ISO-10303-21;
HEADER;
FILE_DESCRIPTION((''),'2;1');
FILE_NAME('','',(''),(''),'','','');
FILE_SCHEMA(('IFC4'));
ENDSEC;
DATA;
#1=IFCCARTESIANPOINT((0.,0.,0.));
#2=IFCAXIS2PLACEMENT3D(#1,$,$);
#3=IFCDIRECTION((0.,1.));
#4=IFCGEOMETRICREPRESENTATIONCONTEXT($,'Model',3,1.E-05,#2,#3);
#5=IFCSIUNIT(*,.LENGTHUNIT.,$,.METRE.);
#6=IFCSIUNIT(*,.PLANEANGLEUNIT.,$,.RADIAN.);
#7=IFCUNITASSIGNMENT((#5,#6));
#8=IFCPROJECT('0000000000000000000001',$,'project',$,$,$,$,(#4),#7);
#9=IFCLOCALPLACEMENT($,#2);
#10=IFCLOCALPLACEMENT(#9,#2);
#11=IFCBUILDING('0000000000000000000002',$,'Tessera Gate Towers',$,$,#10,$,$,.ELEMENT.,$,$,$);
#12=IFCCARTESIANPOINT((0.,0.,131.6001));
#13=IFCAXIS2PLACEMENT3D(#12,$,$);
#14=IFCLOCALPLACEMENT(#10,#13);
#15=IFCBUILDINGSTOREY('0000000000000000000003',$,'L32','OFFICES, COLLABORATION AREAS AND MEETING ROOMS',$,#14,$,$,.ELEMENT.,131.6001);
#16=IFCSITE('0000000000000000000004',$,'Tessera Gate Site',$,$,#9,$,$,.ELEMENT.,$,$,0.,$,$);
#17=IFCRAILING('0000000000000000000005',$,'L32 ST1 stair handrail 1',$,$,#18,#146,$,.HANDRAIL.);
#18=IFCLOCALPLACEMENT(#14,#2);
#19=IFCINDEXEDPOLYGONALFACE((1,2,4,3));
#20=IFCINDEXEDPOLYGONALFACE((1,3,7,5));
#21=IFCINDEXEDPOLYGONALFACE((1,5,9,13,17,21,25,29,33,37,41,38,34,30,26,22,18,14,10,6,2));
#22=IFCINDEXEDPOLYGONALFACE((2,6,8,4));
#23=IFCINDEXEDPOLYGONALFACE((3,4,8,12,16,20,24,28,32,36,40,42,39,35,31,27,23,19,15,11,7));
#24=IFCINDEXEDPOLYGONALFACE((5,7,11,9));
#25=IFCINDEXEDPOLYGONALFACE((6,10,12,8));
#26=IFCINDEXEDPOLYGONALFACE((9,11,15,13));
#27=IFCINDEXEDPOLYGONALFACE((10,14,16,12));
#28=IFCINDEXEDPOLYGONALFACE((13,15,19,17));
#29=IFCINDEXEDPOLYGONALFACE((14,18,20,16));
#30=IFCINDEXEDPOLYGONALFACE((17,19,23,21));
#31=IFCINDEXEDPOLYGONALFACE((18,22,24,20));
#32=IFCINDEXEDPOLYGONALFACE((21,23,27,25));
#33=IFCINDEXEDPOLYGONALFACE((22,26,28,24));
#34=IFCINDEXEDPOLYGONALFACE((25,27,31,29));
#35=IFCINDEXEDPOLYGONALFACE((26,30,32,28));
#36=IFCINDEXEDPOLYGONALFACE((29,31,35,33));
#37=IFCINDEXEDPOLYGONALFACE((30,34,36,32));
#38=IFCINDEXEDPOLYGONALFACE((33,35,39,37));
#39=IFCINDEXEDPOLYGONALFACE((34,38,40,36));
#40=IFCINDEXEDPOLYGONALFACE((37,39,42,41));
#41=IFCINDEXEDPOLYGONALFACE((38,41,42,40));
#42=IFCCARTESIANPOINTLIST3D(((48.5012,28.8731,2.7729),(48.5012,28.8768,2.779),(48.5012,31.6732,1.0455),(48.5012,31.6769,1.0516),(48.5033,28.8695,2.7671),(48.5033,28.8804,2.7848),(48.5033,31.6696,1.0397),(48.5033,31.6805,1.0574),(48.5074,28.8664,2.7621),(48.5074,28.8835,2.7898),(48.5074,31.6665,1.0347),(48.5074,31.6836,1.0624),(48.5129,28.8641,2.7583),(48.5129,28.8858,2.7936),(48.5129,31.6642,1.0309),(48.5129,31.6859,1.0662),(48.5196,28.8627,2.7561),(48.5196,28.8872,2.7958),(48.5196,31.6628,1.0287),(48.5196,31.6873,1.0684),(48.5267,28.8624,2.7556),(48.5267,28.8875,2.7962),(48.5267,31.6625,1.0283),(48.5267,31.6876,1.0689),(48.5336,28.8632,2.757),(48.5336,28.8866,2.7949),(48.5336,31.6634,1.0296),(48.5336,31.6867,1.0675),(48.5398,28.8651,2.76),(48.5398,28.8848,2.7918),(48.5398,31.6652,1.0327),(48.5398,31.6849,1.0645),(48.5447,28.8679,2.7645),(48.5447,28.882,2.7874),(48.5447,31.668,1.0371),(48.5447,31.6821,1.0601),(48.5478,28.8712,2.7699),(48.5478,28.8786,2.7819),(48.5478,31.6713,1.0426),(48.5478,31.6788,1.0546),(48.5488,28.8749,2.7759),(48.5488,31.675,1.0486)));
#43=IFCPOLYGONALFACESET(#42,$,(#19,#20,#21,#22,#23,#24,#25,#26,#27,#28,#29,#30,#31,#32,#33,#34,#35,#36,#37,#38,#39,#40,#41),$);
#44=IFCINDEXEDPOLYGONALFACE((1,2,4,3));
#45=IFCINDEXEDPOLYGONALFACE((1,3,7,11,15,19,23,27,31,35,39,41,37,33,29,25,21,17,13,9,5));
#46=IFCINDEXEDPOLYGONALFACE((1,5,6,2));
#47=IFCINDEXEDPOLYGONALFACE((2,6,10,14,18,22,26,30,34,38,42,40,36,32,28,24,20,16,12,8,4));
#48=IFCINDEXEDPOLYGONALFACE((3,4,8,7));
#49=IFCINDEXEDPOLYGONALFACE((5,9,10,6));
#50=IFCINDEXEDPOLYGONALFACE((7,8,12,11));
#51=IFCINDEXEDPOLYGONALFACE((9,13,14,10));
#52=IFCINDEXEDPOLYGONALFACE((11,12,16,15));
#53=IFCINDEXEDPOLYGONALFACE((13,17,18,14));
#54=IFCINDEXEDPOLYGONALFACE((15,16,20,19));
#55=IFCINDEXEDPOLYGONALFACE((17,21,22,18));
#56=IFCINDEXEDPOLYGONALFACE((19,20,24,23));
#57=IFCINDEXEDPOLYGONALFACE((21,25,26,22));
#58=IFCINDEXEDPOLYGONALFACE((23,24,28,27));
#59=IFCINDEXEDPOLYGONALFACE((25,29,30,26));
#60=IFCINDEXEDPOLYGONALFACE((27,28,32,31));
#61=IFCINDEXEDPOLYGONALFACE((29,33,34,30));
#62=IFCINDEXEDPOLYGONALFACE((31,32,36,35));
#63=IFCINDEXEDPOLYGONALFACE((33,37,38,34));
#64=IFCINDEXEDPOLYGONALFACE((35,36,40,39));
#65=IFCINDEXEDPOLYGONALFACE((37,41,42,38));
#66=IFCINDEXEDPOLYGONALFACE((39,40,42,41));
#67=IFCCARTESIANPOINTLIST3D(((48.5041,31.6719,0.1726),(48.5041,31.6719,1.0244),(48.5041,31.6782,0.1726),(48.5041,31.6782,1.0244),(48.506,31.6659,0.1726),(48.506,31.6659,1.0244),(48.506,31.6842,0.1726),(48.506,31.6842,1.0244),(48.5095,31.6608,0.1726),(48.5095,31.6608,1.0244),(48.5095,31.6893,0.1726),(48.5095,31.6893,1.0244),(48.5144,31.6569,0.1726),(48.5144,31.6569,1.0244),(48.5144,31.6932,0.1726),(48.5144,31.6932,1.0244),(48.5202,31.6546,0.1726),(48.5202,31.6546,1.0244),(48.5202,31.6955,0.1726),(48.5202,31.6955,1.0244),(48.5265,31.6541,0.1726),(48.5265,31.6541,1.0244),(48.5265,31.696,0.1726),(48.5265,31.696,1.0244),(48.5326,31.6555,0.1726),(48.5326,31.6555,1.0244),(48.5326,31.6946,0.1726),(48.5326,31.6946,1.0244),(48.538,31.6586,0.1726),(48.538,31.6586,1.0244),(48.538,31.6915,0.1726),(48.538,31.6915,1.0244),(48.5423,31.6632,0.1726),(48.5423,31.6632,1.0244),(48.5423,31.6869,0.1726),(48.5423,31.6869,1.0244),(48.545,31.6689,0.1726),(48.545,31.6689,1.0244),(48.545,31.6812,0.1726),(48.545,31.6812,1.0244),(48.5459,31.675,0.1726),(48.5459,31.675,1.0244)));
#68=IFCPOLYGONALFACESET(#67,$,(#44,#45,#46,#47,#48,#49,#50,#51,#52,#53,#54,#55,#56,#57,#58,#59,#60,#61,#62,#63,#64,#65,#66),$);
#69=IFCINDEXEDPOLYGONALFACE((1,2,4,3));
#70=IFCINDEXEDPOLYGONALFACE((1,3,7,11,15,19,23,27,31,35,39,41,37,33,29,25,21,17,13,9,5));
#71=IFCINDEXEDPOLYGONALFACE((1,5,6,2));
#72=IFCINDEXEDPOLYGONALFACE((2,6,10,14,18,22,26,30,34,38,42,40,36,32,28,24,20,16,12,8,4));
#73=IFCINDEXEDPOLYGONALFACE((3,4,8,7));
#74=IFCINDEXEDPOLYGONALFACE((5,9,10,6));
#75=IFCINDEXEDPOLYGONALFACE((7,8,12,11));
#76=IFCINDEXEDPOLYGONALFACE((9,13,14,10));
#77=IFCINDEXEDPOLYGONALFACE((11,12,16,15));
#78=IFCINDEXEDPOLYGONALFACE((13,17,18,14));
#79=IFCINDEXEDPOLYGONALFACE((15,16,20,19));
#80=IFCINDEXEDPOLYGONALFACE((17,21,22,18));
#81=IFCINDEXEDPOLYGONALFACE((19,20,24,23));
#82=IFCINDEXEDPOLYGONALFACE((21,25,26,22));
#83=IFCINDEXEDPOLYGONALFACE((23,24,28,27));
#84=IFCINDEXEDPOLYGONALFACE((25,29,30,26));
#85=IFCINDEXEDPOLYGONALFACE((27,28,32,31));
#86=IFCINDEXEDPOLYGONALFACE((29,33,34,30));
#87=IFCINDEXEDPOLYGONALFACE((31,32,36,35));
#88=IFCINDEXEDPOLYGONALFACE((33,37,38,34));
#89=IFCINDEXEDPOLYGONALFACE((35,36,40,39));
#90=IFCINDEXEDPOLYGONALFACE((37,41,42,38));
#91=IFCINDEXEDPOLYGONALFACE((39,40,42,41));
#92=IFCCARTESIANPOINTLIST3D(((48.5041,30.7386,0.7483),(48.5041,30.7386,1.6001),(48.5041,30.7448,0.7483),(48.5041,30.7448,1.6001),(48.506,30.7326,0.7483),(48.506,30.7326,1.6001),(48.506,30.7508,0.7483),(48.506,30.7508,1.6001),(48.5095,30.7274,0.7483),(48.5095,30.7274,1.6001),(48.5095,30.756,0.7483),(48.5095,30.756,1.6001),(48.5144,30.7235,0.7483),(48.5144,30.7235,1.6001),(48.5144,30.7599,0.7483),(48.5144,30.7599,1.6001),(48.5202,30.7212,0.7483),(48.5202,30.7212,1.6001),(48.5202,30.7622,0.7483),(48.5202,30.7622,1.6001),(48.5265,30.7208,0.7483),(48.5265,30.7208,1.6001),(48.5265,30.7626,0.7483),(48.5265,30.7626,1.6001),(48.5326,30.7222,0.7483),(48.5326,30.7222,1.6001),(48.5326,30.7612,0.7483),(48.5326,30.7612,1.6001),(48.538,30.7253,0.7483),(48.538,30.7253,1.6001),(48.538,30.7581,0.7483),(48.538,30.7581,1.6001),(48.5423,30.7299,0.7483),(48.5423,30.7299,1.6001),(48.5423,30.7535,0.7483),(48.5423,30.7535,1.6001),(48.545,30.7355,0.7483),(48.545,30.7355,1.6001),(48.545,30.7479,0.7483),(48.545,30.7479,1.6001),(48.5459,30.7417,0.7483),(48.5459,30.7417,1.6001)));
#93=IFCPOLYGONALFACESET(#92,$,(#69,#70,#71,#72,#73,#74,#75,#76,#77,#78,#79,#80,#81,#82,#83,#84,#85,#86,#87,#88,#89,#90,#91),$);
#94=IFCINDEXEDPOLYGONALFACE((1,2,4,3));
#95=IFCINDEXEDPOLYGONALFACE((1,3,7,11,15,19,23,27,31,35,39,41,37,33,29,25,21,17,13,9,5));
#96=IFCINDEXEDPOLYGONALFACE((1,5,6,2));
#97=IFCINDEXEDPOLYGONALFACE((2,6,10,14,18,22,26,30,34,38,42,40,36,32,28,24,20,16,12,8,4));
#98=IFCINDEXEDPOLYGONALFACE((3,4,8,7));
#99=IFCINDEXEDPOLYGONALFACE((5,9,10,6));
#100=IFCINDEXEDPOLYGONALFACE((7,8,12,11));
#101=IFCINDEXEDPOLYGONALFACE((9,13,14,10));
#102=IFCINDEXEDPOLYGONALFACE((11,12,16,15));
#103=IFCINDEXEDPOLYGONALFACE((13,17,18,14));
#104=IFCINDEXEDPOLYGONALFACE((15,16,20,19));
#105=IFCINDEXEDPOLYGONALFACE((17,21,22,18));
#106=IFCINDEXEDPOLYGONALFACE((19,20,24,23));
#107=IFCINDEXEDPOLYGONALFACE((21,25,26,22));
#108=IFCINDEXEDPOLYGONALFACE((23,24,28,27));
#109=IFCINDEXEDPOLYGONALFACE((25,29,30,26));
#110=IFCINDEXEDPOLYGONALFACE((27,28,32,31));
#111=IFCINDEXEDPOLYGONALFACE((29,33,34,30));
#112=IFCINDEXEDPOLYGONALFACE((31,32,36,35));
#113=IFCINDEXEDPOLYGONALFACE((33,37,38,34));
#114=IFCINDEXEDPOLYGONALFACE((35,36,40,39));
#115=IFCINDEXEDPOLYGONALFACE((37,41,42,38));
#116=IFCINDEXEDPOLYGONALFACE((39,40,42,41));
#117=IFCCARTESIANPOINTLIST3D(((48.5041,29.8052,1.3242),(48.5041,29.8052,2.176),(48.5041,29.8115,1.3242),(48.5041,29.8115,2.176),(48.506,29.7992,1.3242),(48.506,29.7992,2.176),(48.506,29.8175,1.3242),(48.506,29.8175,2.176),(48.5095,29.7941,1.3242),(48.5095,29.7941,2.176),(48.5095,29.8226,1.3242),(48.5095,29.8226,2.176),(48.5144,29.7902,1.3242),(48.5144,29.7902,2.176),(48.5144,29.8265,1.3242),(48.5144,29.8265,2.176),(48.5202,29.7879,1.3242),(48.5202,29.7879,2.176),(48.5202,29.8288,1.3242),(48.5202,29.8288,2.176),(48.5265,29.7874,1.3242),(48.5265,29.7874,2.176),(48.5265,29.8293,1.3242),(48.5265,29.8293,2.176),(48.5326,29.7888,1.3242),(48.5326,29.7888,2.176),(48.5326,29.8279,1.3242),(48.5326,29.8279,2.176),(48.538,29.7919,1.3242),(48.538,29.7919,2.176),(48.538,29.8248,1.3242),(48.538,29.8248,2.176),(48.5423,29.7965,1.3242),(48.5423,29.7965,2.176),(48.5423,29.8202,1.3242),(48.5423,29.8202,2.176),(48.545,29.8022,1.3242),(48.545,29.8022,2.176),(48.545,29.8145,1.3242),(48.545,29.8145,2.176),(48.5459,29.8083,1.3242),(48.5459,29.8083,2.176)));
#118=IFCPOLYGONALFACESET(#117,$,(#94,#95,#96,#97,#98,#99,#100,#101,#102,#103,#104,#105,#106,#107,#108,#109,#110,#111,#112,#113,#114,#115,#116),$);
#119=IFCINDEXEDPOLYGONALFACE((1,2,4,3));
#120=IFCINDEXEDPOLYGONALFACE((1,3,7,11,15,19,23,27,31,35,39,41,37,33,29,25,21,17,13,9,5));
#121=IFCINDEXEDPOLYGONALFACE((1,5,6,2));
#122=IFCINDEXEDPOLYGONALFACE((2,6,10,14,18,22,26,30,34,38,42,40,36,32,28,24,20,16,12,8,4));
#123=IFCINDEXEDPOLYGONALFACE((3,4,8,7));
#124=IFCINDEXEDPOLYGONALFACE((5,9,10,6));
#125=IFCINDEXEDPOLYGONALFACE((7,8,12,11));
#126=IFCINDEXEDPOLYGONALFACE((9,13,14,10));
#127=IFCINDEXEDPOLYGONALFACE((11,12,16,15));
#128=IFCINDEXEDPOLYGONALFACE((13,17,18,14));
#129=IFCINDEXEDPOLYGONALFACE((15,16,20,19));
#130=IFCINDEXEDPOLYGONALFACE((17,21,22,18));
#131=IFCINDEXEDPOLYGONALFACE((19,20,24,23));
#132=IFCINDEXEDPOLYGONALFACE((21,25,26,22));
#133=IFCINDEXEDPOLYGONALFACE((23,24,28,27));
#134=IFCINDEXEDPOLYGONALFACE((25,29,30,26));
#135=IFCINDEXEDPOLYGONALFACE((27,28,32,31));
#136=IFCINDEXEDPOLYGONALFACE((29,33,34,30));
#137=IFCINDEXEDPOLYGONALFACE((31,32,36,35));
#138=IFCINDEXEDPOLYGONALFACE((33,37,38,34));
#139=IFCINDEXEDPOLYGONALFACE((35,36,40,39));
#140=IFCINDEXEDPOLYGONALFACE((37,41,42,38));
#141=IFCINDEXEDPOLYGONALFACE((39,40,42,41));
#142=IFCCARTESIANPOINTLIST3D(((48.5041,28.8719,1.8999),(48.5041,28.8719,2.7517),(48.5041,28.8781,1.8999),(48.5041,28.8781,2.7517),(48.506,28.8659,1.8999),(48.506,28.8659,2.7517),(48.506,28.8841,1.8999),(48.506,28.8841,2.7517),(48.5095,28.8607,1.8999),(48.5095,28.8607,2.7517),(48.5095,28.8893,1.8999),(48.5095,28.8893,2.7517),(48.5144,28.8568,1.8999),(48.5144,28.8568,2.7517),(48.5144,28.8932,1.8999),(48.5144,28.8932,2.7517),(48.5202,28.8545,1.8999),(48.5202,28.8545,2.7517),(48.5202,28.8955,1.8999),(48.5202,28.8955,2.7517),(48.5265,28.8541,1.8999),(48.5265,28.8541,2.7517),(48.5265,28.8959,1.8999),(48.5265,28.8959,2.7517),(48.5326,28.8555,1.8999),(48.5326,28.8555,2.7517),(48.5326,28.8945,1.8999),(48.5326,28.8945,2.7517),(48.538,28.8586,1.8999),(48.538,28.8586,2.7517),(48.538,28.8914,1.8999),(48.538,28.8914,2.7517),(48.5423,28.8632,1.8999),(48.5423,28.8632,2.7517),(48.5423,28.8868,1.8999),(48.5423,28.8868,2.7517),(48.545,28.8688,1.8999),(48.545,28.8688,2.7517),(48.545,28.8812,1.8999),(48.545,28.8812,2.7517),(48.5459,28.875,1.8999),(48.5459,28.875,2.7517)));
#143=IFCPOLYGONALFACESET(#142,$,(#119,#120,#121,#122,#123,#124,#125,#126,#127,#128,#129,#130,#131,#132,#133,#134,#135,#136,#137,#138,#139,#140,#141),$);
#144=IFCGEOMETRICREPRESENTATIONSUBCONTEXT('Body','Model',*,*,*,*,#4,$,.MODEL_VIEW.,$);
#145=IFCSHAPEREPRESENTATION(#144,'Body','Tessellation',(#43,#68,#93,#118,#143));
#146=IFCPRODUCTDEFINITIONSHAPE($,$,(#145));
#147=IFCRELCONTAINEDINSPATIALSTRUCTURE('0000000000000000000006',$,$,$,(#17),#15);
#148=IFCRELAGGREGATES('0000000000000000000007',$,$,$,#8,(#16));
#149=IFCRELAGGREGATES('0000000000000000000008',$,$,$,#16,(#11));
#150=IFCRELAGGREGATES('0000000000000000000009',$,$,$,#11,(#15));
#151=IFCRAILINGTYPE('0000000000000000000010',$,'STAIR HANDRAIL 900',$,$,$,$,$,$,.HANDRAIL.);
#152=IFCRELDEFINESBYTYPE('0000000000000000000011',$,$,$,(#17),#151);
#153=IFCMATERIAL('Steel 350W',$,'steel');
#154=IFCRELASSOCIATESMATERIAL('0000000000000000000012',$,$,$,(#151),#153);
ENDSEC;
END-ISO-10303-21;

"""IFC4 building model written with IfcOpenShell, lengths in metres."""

from ifc_helpers import new_model, si_unit, direction, frame, origin, origin_2d, place, context, subcontext, project, spatial, circle, extrude, material, type_object, element, save


model = new_model("IFC4")

# Units and contexts
model_context = context("Model", 3, precision=1e-05, world=origin(), true_north=direction((0.0, 1.0)))
body_context = subcontext(model_context, "Body", "Model", "MODEL_VIEW")
ifc_project = project(units=[si_unit("LENGTHUNIT", "METRE"), si_unit("PLANEANGLEUNIT", "RADIAN")], contexts=[model_context])

# Site, building, storey
site_placement = place(None, origin())
site = spatial("IfcSite", under=ifc_project, at=site_placement, Name="Tessera Gate Site", CompositionType="ELEMENT", RefElevation=0.0)
building_placement = place(site_placement, origin())
building = spatial("IfcBuilding", under=site, at=building_placement, Name="Tessera Gate Towers", CompositionType="ELEMENT")
storey_placement = place(building_placement, frame((0.0, 0.0, 131.6001)))
storey = spatial("IfcBuildingStorey", under=building, at=storey_placement, Name="L32", Description="OFFICES, COLLABORATION AREAS AND MEETING ROOMS", CompositionType="ELEMENT", Elevation=131.6001)

# Railing
ifc_material_1 = material(Name="Steel 350W", Category="steel")
railing_type = type_object("IfcRailingType", Name="STAIR HANDRAIL 900", PredefinedType="HANDRAIL", material=ifc_material_1)
railing_placement = place(storey_placement, frame((48.5249, 31.675, 0.1726)))
element("IfcRailing", 1, at=railing_placement, inside=storey, type_object=railing_type, Name="L32 ST1 stair handrail 1", PredefinedType="HANDRAIL", context=body_context, shape_type="SweptSolid", body=[
    extrude(circle(Radius=0.0239, at=origin_2d()), frame((0.0, 0.0, 0.876), z_axis=(0.0, -0.85109, 0.52502), x_axis=(1.0, 0.0, 0.0)), (0.0, 0.0, 1.0), 3.29),
    extrude(circle(Radius=0.021, at=origin_2d()), origin(), (0.0, 0.0, 1.0), 0.8518),
    extrude(circle(Radius=0.021, at=origin_2d()), frame((0.0, -0.9333, 0.5757)), (0.0, 0.0, 1.0), 0.8518),
    extrude(circle(Radius=0.021, at=origin_2d()), frame((0.0, -1.8667, 1.1516)), (0.0, 0.0, 1.0), 0.8518),
    extrude(circle(Radius=0.021, at=origin_2d()), frame((0.0, -2.8, 1.7273)), (0.0, 0.0, 1.0), 0.8518),
])

save(model, "model.ifc")
